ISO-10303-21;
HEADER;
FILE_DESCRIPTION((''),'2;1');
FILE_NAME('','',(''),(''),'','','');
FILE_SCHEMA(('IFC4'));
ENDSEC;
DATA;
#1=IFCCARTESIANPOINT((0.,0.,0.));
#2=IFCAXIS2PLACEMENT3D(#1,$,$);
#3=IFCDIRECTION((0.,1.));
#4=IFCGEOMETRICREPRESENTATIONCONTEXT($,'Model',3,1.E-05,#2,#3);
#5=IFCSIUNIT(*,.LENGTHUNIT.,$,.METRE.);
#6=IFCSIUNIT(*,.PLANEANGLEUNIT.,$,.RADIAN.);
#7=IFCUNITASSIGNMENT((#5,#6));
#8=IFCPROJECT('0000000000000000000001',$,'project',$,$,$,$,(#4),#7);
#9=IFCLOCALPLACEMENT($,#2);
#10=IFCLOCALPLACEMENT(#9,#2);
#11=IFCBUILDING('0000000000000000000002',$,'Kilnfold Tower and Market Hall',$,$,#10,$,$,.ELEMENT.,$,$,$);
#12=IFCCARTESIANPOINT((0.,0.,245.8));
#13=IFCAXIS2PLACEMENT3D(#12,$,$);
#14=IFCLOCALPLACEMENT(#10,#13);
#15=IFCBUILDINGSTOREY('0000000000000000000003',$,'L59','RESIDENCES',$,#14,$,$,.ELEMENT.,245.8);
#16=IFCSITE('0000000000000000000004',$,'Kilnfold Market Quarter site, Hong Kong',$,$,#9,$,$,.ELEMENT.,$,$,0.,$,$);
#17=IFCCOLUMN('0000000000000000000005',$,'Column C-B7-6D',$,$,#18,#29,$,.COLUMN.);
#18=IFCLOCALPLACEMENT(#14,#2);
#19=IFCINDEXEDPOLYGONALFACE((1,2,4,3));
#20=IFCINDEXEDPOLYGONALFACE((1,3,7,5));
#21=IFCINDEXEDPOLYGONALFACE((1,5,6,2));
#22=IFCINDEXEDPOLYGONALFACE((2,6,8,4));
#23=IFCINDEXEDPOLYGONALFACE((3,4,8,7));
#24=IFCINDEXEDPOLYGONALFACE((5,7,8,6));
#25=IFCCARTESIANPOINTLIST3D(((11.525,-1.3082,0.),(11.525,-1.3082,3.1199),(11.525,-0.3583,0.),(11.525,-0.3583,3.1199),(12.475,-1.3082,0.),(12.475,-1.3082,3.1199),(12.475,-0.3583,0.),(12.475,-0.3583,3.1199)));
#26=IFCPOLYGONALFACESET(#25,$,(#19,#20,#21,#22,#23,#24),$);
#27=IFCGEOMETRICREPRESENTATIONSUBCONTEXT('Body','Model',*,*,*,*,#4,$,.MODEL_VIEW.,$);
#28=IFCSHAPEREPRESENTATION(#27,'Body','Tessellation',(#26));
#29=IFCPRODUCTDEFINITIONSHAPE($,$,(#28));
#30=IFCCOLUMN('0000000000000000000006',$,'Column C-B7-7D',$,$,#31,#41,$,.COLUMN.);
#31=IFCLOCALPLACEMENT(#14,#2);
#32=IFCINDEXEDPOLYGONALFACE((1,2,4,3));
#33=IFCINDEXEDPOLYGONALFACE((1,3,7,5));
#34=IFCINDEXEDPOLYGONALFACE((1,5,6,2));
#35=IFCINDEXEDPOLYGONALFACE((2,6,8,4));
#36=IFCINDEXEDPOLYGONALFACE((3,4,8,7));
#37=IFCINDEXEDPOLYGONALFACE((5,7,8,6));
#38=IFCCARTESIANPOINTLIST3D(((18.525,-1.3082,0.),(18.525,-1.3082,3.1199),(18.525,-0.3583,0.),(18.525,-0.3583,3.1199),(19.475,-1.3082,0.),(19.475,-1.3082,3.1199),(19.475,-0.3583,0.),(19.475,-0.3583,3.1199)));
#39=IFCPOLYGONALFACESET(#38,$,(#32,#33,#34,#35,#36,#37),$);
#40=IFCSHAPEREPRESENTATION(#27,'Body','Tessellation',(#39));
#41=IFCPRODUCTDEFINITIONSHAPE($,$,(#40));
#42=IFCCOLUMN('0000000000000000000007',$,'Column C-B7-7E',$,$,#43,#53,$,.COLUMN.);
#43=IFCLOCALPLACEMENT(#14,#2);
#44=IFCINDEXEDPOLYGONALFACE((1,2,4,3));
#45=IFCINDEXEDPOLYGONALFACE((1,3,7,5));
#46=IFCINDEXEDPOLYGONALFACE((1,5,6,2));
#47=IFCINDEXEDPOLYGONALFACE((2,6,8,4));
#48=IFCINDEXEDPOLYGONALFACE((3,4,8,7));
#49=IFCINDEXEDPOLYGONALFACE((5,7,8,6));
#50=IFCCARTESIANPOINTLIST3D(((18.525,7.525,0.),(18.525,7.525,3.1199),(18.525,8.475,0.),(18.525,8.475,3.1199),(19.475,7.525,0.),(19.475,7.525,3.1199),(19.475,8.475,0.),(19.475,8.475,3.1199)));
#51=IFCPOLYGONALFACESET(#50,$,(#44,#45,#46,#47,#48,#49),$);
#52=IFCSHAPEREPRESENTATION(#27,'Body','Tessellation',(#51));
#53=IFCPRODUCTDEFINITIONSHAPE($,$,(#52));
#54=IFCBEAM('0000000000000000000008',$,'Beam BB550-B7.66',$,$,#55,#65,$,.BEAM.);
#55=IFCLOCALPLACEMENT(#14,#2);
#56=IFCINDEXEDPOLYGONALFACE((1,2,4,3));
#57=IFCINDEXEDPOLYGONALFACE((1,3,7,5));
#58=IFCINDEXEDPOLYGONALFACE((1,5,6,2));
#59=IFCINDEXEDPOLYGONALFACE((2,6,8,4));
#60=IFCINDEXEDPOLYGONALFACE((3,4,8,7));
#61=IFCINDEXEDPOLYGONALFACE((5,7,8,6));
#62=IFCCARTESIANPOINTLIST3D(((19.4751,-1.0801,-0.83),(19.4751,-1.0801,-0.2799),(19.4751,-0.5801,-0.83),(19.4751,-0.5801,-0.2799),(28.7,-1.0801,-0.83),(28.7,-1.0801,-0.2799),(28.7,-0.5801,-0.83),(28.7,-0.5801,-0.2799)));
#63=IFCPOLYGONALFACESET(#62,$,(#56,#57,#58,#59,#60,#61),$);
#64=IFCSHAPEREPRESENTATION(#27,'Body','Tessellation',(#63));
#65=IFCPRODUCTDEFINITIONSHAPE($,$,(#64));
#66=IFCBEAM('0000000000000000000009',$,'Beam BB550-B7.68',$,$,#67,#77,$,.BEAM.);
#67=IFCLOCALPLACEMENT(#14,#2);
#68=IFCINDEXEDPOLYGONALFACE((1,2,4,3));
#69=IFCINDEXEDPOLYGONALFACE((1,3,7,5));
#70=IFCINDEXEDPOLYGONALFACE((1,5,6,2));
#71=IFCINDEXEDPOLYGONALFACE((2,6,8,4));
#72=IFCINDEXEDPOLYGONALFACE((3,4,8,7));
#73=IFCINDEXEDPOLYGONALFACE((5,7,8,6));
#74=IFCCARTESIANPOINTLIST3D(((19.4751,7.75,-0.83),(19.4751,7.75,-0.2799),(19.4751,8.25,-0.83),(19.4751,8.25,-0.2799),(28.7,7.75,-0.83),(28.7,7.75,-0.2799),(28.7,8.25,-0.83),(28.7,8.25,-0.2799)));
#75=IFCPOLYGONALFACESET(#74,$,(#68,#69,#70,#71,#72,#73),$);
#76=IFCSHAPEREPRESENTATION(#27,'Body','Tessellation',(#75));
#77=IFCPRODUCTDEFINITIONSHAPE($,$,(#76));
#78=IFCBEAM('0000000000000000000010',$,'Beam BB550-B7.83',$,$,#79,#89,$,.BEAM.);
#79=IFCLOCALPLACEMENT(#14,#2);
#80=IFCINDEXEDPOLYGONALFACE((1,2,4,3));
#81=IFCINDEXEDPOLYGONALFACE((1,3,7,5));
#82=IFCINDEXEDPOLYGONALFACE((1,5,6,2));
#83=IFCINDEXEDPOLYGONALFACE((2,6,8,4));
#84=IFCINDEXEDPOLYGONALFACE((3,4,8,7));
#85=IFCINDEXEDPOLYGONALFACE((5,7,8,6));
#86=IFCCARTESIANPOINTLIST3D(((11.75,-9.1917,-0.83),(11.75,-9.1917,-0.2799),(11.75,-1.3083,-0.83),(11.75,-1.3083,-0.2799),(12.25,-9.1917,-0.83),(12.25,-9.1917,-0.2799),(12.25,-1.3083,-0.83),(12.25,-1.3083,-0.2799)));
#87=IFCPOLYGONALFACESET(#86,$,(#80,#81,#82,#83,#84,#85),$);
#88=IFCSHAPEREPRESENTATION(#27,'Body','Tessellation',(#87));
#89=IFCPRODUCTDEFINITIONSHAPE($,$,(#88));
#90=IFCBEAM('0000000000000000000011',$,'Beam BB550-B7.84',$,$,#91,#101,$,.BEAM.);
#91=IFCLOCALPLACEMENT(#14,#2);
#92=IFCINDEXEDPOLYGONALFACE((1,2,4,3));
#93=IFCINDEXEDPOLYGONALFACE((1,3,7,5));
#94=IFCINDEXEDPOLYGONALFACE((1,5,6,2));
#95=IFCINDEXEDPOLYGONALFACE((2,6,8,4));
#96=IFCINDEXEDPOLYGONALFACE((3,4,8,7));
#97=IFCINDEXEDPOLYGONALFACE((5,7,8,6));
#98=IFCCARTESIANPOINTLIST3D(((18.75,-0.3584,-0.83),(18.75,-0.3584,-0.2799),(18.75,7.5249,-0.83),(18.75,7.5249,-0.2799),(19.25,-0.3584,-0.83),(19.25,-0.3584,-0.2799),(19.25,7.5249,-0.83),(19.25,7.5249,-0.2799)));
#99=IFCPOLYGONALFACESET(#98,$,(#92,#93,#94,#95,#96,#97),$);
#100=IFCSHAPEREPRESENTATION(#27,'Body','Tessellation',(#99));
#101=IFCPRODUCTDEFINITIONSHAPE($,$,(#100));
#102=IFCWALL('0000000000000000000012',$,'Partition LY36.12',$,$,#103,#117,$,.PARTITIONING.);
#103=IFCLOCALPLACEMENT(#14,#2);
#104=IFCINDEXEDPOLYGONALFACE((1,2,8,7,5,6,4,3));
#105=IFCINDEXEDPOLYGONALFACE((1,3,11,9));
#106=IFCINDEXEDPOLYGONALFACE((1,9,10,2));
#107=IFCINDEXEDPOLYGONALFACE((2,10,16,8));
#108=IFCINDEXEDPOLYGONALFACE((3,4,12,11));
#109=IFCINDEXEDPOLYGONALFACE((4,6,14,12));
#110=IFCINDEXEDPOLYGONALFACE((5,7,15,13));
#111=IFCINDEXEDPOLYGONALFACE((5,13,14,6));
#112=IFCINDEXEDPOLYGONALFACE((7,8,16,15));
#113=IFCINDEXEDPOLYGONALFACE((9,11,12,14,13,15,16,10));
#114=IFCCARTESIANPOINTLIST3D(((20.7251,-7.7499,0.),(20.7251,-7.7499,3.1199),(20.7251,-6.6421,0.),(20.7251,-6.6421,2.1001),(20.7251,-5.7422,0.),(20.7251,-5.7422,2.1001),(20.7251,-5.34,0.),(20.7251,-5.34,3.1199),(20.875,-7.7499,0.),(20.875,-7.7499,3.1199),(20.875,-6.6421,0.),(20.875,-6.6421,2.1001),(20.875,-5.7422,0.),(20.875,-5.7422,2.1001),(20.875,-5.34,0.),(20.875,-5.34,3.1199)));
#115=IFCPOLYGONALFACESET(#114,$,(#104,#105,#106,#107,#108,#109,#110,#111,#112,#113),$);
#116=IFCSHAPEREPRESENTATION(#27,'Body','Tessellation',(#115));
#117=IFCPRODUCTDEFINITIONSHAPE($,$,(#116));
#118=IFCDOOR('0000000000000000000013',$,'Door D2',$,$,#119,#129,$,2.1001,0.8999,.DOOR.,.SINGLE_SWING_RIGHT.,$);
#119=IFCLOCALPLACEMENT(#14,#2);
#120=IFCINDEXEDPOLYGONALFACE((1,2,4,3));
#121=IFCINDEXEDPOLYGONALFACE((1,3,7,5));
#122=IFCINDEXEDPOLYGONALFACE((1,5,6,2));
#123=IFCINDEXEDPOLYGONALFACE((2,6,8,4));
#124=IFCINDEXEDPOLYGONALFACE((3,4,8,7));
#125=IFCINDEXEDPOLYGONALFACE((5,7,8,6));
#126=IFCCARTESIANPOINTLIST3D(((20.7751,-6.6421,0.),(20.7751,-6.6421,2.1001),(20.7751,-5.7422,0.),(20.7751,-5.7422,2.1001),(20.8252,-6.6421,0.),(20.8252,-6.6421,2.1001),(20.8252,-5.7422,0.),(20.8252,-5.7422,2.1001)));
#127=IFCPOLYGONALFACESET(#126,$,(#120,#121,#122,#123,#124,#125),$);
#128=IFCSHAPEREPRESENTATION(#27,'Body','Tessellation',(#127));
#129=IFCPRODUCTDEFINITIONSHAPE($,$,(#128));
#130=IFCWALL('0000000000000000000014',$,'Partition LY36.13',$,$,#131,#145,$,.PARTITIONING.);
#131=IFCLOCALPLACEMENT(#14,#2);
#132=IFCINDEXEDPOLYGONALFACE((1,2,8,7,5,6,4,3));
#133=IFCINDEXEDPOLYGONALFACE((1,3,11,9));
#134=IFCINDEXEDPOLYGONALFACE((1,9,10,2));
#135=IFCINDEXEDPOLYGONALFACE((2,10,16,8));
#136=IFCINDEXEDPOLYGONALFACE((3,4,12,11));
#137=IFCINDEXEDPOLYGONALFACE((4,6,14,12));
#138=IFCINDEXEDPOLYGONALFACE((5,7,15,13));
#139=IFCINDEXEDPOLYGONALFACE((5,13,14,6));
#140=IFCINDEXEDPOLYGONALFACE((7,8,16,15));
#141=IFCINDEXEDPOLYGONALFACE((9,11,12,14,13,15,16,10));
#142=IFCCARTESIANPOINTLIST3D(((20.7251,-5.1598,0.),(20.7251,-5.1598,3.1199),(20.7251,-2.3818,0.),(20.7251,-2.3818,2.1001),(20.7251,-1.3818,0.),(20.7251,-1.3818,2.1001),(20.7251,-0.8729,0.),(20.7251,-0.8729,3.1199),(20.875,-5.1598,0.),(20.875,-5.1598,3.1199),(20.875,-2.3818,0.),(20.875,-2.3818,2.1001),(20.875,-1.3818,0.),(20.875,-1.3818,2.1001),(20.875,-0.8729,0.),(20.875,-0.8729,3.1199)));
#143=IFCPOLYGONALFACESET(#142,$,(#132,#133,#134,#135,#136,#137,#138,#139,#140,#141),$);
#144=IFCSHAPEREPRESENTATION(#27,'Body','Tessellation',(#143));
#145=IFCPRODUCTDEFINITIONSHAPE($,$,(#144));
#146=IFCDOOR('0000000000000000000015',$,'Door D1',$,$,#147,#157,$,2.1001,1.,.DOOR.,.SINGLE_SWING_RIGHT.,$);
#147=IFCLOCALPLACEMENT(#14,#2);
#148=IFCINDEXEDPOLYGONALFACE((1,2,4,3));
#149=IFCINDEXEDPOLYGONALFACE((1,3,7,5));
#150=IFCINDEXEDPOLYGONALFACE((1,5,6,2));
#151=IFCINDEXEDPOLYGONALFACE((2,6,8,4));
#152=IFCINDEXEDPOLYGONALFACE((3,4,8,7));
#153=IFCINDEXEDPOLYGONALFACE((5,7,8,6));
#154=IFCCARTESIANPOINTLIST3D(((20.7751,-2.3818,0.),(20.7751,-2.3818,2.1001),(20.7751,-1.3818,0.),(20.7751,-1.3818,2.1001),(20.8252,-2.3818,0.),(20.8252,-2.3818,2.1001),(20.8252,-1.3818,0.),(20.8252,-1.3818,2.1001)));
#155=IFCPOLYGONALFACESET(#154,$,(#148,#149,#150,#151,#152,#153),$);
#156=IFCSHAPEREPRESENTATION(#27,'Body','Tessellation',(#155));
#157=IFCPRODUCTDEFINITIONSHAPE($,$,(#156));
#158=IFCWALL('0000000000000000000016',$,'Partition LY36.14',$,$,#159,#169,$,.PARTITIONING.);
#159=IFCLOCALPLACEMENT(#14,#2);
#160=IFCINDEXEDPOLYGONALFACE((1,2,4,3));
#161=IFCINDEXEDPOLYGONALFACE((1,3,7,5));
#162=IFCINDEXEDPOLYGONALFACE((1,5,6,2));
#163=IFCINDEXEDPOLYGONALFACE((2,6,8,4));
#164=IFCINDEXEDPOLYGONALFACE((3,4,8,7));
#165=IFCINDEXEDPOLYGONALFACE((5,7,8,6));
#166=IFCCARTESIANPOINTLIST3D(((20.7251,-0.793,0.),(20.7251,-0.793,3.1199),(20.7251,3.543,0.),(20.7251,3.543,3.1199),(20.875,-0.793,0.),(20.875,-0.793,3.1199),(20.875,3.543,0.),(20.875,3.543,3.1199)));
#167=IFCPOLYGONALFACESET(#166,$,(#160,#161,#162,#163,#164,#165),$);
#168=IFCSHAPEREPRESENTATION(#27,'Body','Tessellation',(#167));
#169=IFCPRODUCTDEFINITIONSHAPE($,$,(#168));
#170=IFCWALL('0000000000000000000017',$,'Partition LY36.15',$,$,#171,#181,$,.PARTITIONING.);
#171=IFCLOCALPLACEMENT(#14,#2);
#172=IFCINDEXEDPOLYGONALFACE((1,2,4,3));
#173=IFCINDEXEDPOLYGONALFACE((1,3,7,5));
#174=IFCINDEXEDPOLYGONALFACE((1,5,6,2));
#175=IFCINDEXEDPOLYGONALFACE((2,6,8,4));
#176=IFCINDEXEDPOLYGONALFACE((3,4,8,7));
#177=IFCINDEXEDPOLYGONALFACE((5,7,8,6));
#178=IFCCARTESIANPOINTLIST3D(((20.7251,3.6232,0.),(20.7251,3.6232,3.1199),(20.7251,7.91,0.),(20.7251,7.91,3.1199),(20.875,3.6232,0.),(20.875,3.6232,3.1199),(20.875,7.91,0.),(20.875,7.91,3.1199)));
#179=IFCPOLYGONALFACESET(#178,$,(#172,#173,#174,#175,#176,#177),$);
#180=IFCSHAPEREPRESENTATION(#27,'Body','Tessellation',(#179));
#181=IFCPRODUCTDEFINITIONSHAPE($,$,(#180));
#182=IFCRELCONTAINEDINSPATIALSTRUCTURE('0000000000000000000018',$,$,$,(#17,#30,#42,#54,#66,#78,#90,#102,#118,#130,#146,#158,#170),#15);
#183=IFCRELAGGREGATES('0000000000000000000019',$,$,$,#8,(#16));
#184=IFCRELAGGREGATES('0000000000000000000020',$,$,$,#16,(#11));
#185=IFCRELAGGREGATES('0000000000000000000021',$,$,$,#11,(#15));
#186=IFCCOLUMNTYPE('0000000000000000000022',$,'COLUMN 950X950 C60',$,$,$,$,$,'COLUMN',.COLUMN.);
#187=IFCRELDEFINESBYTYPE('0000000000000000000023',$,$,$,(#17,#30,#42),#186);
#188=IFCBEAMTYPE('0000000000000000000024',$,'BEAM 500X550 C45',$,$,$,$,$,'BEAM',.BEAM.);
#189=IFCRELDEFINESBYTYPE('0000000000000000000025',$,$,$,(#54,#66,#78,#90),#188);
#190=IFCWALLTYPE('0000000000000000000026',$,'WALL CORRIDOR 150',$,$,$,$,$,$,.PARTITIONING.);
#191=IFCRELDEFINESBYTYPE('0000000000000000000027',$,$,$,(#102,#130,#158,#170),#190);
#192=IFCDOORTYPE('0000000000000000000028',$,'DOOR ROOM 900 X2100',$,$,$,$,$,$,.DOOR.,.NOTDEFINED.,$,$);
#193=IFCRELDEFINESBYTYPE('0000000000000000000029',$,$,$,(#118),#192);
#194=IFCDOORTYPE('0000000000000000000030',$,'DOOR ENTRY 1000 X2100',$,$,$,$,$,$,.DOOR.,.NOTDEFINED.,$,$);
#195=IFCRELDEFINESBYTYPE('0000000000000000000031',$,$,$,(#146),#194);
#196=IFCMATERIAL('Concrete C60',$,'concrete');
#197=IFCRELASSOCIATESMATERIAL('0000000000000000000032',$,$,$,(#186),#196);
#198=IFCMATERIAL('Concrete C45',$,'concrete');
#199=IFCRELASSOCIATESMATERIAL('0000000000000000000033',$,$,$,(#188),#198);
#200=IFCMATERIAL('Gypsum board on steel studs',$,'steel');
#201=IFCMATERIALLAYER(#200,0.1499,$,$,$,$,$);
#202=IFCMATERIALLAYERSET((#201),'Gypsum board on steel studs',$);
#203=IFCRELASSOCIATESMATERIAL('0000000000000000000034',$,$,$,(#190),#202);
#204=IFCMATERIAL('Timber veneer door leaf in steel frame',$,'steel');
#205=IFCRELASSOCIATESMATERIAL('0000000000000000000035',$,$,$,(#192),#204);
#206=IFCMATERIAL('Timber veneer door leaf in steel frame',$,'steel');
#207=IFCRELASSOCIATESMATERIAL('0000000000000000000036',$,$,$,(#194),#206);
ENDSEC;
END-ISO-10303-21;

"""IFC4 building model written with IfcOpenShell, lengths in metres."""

from ifc_helpers import new_model, si_unit, direction, frame, frame_2d, origin, origin_2d, place, context, subcontext, project, spatial, rectangle, extrude, source, transform, mapped, material, layer, layer_set, material_profile, profile_set, type_object, element, fill, save


model = new_model("IFC4")

# Units and contexts
model_context = context("Model", 3, precision=1e-05, world=origin(), true_north=direction((0.0, 1.0)))
body_context = subcontext(model_context, "Body", "Model", "MODEL_VIEW")
ifc_project = project(units=[si_unit("LENGTHUNIT", "METRE"), si_unit("PLANEANGLEUNIT", "RADIAN")], contexts=[model_context])

# Site, building, storey
site_placement = place(None, origin())
site = spatial("IfcSite", under=ifc_project, at=site_placement, Name="Kilnfold Market Quarter site, Hong Kong", CompositionType="ELEMENT", RefElevation=0.0)
building_placement = place(site_placement, origin())
building = spatial("IfcBuilding", under=site, at=building_placement, Name="Kilnfold Tower and Market Hall", CompositionType="ELEMENT")
storey_placement = place(building_placement, frame((0.0, 0.0, 245.8)))
storey = spatial("IfcBuildingStorey", under=building, at=storey_placement, Name="L59", Description="RESIDENCES", CompositionType="ELEMENT", Elevation=245.8)

# Columns
ifc_material_1 = material(Name="Concrete C60", Category="concrete")
ifc_material_profile_1 = material_profile(ifc_material_1, rectangle(XDim=0.95, YDim=0.95, at=origin_2d()), Name="RC 950x950")
ifc_profile_set_1 = profile_set([ifc_material_profile_1], Name="Concrete C60")
column_type = type_object("IfcColumnType", Name="COLUMN 950X950 C60", ElementType="COLUMN", PredefinedType="COLUMN", material=ifc_profile_set_1)
shared_shape_1 = source(origin(), body_context, "Body", "SweptSolid", [
    extrude(rectangle(XDim=0.95, YDim=0.95, at=origin_2d()), origin(), (0.0, 0.0, 1.0), 3.1199),
])
for number, where, z_axis, x_axis, name in (
    (1, (12.0, -0.8333, 0.0), (0.0, 0.0, 1.0), (1.0, 0.0, 0.0), "Column C-B7-6D"),
    (2, (19.0, -0.8333, 0.0), (0.0, 0.0, 1.0), (1.0, 0.0, 0.0), "Column C-B7-7D"),
    (3, (19.0, 8.0, 0.0), (0.0, 0.0, 1.0), (1.0, 0.0, 0.0), "Column C-B7-7E"),
):
    element("IfcColumn", number, at=place(storey_placement, frame(where, z_axis=z_axis, x_axis=x_axis)), inside=storey, type_object=column_type, Name=name, PredefinedType="COLUMN", context=body_context, shape_type="MappedRepresentation", body=[
        mapped(shared_shape_1, transform((0.0, 0.0, 0.0))),
    ])

# Beams
ifc_material_2 = material(Name="Concrete C45", Category="concrete")
ifc_material_profile_2 = material_profile(ifc_material_2, rectangle(XDim=0.5, YDim=0.55, at=origin_2d()), Name="RC 500x550")
ifc_profile_set_2 = profile_set([ifc_material_profile_2], Name="Concrete C45")
beam_type = type_object("IfcBeamType", Name="BEAM 500X550 C45", ElementType="BEAM", PredefinedType="BEAM", material=ifc_profile_set_2)
shared_shape_2 = source(origin(), body_context, "Body", "SweptSolid", [
    extrude(rectangle(XDim=0.5, YDim=0.55, at=origin_2d()), origin(), (0.0, 0.0, 1.0), 9.2249),
])
for number, where, z_axis, x_axis, name in (
    (4, (19.4751, -0.8301, -0.5549), (1.0, 0.0, 0.0), (0.0, 1.0, 0.0), "Beam BB550-B7.66"),
    (5, (19.4751, 8.0, -0.5549), (1.0, 0.0, 0.0), (0.0, 1.0, 0.0), "Beam BB550-B7.68"),
):
    element("IfcBeam", number, at=place(storey_placement, frame(where, z_axis=z_axis, x_axis=x_axis)), inside=storey, type_object=beam_type, Name=name, PredefinedType="BEAM", context=body_context, shape_type="MappedRepresentation", body=[
        mapped(shared_shape_2, transform((0.0, 0.0, 0.0))),
    ])
shared_shape_3 = source(origin(), body_context, "Body", "SweptSolid", [
    extrude(rectangle(XDim=0.5, YDim=0.55, at=origin_2d()), origin(), (0.0, 0.0, 1.0), 7.8833),
])
for number, where, z_axis, x_axis, name in (
    (6, (12.0, -9.1917, -0.5549), (0.0, 1.0, 0.0), (-1.0, 0.0, 0.0), "Beam BB550-B7.83"),
    (7, (19.0, -0.3584, -0.5549), (0.0, 1.0, 0.0), (-1.0, 0.0, 0.0), "Beam BB550-B7.84"),
):
    element("IfcBeam", number, at=place(storey_placement, frame(where, z_axis=z_axis, x_axis=x_axis)), inside=storey, type_object=beam_type, Name=name, PredefinedType="BEAM", context=body_context, shape_type="MappedRepresentation", body=[
        mapped(shared_shape_3, transform((0.0, 0.0, 0.0))),
    ])

# Walls, openings, doors
ifc_material_3 = material(Name="Gypsum board on steel studs", Category="steel")
ifc_layer_1 = layer(ifc_material_3, 0.1499)
ifc_layer_set_1 = layer_set([ifc_layer_1], Name="Gypsum board on steel studs")
wall_type_1 = type_object("IfcWallType", Name="WALL CORRIDOR 150", PredefinedType="PARTITIONING", material=ifc_layer_set_1)
wall_1_placement = place(storey_placement, frame((20.8, -7.75, 0.0), z_axis=(0.0, 0.0, 1.0), x_axis=(0.0, 1.0, 0.0)))
wall_1 = element("IfcWall", 8, at=wall_1_placement, inside=storey, type_object=wall_type_1, Name="Partition LY36.12", PredefinedType="PARTITIONING", context=body_context, shape_type="SweptSolid", body=[
    extrude(rectangle(XDim=2.4099, YDim=0.1499, at=frame_2d((1.2051, 0.0))), origin(), (0.0, 0.0, 1.0), 3.1199),
])
opening_1_placement = place(wall_1_placement, frame((1.1079, 0.0, 0.0)))
opening_1 = element("IfcOpeningElement", 9, at=opening_1_placement, cuts=wall_1, PredefinedType="OPENING", context=body_context, shape_type="SweptSolid", body=[
    extrude(rectangle(XDim=0.8999, YDim=2.1001, at=frame_2d((0.45, 1.05))), frame((0.0, 0.085, 0.0), z_axis=(0.0, -1.0, 0.0), x_axis=(1.0, 0.0, 0.0)), (0.0, 0.0, 1.0), 0.1699),
])
ifc_material_4 = material(Name="Timber veneer door leaf in steel frame", Category="steel")
door_type_1 = type_object("IfcDoorType", Name="DOOR ROOM 900 X2100", OperationType="NOTDEFINED", PredefinedType="DOOR", material=ifc_material_4)
door_1_placement = place(opening_1_placement, origin())
door_1 = element("IfcDoor", 10, at=door_1_placement, inside=storey, type_object=door_type_1, Name="Door D2", OperationType="SINGLE_SWING_RIGHT", OverallHeight=2.1001, OverallWidth=0.8999, PredefinedType="DOOR", context=body_context, shape_type="SweptSolid", body=[
    extrude(rectangle(XDim=0.8999, YDim=2.1001, at=frame_2d((0.45, 1.05))), frame((0.0, 0.0249, 0.0), z_axis=(0.0, -1.0, 0.0), x_axis=(1.0, 0.0, 0.0)), (0.0, 0.0, 1.0), 0.05),
])
fill(opening_1, door_1)
wall_2_placement = place(storey_placement, frame((20.8, -5.1599, 0.0), z_axis=(0.0, 0.0, 1.0), x_axis=(0.0, 1.0, 0.0)))
wall_2 = element("IfcWall", 11, at=wall_2_placement, inside=storey, type_object=wall_type_1, Name="Partition LY36.13", PredefinedType="PARTITIONING", context=body_context, shape_type="SweptSolid", body=[
    extrude(rectangle(XDim=4.2869, YDim=0.1499, at=frame_2d((2.1436, 0.0))), origin(), (0.0, 0.0, 1.0), 3.1199),
])
opening_2_placement = place(wall_2_placement, frame((2.7781, 0.0, 0.0)))
opening_2 = element("IfcOpeningElement", 12, at=opening_2_placement, cuts=wall_2, PredefinedType="OPENING", context=body_context, shape_type="SweptSolid", body=[
    extrude(rectangle(XDim=1.0, YDim=2.1001, at=frame_2d((0.5, 1.05))), frame((0.0, 0.085, 0.0), z_axis=(0.0, -1.0, 0.0), x_axis=(1.0, 0.0, 0.0)), (0.0, 0.0, 1.0), 0.1699),
])
ifc_material_5 = material(Name="Timber veneer door leaf in steel frame", Category="steel")
door_type_2 = type_object("IfcDoorType", Name="DOOR ENTRY 1000 X2100", OperationType="NOTDEFINED", PredefinedType="DOOR", material=ifc_material_5)
door_2_placement = place(opening_2_placement, origin())
door_2 = element("IfcDoor", 13, at=door_2_placement, inside=storey, type_object=door_type_2, Name="Door D1", OperationType="SINGLE_SWING_RIGHT", OverallHeight=2.1001, OverallWidth=1.0, PredefinedType="DOOR", context=body_context, shape_type="SweptSolid", body=[
    extrude(rectangle(XDim=1.0, YDim=2.1001, at=frame_2d((0.5, 1.05))), frame((0.0, 0.0249, 0.0), z_axis=(0.0, -1.0, 0.0), x_axis=(1.0, 0.0, 0.0)), (0.0, 0.0, 1.0), 0.05),
])
fill(opening_2, door_2)

# Walls
wall_3_placement = place(storey_placement, frame((20.8, -0.793, 0.0), z_axis=(0.0, 0.0, 1.0), x_axis=(0.0, 1.0, 0.0)))
element("IfcWall", 14, at=wall_3_placement, inside=storey, type_object=wall_type_1, Name="Partition LY36.14", PredefinedType="PARTITIONING", context=body_context, shape_type="SweptSolid", body=[
    extrude(rectangle(XDim=4.3359, YDim=0.1499, at=frame_2d((2.168, 0.0))), origin(), (0.0, 0.0, 1.0), 3.1199),
])
wall_4_placement = place(storey_placement, frame((20.8, 3.623, 0.0), z_axis=(0.0, 0.0, 1.0), x_axis=(0.0, 1.0, 0.0)))
element("IfcWall", 15, at=wall_4_placement, inside=storey, type_object=wall_type_1, Name="Partition LY36.15", PredefinedType="PARTITIONING", context=body_context, shape_type="SweptSolid", body=[
    extrude(rectangle(XDim=4.2869, YDim=0.1499, at=frame_2d((2.1436, 0.0))), origin(), (0.0, 0.0, 1.0), 3.1199),
])

save(model, "model.ifc")
